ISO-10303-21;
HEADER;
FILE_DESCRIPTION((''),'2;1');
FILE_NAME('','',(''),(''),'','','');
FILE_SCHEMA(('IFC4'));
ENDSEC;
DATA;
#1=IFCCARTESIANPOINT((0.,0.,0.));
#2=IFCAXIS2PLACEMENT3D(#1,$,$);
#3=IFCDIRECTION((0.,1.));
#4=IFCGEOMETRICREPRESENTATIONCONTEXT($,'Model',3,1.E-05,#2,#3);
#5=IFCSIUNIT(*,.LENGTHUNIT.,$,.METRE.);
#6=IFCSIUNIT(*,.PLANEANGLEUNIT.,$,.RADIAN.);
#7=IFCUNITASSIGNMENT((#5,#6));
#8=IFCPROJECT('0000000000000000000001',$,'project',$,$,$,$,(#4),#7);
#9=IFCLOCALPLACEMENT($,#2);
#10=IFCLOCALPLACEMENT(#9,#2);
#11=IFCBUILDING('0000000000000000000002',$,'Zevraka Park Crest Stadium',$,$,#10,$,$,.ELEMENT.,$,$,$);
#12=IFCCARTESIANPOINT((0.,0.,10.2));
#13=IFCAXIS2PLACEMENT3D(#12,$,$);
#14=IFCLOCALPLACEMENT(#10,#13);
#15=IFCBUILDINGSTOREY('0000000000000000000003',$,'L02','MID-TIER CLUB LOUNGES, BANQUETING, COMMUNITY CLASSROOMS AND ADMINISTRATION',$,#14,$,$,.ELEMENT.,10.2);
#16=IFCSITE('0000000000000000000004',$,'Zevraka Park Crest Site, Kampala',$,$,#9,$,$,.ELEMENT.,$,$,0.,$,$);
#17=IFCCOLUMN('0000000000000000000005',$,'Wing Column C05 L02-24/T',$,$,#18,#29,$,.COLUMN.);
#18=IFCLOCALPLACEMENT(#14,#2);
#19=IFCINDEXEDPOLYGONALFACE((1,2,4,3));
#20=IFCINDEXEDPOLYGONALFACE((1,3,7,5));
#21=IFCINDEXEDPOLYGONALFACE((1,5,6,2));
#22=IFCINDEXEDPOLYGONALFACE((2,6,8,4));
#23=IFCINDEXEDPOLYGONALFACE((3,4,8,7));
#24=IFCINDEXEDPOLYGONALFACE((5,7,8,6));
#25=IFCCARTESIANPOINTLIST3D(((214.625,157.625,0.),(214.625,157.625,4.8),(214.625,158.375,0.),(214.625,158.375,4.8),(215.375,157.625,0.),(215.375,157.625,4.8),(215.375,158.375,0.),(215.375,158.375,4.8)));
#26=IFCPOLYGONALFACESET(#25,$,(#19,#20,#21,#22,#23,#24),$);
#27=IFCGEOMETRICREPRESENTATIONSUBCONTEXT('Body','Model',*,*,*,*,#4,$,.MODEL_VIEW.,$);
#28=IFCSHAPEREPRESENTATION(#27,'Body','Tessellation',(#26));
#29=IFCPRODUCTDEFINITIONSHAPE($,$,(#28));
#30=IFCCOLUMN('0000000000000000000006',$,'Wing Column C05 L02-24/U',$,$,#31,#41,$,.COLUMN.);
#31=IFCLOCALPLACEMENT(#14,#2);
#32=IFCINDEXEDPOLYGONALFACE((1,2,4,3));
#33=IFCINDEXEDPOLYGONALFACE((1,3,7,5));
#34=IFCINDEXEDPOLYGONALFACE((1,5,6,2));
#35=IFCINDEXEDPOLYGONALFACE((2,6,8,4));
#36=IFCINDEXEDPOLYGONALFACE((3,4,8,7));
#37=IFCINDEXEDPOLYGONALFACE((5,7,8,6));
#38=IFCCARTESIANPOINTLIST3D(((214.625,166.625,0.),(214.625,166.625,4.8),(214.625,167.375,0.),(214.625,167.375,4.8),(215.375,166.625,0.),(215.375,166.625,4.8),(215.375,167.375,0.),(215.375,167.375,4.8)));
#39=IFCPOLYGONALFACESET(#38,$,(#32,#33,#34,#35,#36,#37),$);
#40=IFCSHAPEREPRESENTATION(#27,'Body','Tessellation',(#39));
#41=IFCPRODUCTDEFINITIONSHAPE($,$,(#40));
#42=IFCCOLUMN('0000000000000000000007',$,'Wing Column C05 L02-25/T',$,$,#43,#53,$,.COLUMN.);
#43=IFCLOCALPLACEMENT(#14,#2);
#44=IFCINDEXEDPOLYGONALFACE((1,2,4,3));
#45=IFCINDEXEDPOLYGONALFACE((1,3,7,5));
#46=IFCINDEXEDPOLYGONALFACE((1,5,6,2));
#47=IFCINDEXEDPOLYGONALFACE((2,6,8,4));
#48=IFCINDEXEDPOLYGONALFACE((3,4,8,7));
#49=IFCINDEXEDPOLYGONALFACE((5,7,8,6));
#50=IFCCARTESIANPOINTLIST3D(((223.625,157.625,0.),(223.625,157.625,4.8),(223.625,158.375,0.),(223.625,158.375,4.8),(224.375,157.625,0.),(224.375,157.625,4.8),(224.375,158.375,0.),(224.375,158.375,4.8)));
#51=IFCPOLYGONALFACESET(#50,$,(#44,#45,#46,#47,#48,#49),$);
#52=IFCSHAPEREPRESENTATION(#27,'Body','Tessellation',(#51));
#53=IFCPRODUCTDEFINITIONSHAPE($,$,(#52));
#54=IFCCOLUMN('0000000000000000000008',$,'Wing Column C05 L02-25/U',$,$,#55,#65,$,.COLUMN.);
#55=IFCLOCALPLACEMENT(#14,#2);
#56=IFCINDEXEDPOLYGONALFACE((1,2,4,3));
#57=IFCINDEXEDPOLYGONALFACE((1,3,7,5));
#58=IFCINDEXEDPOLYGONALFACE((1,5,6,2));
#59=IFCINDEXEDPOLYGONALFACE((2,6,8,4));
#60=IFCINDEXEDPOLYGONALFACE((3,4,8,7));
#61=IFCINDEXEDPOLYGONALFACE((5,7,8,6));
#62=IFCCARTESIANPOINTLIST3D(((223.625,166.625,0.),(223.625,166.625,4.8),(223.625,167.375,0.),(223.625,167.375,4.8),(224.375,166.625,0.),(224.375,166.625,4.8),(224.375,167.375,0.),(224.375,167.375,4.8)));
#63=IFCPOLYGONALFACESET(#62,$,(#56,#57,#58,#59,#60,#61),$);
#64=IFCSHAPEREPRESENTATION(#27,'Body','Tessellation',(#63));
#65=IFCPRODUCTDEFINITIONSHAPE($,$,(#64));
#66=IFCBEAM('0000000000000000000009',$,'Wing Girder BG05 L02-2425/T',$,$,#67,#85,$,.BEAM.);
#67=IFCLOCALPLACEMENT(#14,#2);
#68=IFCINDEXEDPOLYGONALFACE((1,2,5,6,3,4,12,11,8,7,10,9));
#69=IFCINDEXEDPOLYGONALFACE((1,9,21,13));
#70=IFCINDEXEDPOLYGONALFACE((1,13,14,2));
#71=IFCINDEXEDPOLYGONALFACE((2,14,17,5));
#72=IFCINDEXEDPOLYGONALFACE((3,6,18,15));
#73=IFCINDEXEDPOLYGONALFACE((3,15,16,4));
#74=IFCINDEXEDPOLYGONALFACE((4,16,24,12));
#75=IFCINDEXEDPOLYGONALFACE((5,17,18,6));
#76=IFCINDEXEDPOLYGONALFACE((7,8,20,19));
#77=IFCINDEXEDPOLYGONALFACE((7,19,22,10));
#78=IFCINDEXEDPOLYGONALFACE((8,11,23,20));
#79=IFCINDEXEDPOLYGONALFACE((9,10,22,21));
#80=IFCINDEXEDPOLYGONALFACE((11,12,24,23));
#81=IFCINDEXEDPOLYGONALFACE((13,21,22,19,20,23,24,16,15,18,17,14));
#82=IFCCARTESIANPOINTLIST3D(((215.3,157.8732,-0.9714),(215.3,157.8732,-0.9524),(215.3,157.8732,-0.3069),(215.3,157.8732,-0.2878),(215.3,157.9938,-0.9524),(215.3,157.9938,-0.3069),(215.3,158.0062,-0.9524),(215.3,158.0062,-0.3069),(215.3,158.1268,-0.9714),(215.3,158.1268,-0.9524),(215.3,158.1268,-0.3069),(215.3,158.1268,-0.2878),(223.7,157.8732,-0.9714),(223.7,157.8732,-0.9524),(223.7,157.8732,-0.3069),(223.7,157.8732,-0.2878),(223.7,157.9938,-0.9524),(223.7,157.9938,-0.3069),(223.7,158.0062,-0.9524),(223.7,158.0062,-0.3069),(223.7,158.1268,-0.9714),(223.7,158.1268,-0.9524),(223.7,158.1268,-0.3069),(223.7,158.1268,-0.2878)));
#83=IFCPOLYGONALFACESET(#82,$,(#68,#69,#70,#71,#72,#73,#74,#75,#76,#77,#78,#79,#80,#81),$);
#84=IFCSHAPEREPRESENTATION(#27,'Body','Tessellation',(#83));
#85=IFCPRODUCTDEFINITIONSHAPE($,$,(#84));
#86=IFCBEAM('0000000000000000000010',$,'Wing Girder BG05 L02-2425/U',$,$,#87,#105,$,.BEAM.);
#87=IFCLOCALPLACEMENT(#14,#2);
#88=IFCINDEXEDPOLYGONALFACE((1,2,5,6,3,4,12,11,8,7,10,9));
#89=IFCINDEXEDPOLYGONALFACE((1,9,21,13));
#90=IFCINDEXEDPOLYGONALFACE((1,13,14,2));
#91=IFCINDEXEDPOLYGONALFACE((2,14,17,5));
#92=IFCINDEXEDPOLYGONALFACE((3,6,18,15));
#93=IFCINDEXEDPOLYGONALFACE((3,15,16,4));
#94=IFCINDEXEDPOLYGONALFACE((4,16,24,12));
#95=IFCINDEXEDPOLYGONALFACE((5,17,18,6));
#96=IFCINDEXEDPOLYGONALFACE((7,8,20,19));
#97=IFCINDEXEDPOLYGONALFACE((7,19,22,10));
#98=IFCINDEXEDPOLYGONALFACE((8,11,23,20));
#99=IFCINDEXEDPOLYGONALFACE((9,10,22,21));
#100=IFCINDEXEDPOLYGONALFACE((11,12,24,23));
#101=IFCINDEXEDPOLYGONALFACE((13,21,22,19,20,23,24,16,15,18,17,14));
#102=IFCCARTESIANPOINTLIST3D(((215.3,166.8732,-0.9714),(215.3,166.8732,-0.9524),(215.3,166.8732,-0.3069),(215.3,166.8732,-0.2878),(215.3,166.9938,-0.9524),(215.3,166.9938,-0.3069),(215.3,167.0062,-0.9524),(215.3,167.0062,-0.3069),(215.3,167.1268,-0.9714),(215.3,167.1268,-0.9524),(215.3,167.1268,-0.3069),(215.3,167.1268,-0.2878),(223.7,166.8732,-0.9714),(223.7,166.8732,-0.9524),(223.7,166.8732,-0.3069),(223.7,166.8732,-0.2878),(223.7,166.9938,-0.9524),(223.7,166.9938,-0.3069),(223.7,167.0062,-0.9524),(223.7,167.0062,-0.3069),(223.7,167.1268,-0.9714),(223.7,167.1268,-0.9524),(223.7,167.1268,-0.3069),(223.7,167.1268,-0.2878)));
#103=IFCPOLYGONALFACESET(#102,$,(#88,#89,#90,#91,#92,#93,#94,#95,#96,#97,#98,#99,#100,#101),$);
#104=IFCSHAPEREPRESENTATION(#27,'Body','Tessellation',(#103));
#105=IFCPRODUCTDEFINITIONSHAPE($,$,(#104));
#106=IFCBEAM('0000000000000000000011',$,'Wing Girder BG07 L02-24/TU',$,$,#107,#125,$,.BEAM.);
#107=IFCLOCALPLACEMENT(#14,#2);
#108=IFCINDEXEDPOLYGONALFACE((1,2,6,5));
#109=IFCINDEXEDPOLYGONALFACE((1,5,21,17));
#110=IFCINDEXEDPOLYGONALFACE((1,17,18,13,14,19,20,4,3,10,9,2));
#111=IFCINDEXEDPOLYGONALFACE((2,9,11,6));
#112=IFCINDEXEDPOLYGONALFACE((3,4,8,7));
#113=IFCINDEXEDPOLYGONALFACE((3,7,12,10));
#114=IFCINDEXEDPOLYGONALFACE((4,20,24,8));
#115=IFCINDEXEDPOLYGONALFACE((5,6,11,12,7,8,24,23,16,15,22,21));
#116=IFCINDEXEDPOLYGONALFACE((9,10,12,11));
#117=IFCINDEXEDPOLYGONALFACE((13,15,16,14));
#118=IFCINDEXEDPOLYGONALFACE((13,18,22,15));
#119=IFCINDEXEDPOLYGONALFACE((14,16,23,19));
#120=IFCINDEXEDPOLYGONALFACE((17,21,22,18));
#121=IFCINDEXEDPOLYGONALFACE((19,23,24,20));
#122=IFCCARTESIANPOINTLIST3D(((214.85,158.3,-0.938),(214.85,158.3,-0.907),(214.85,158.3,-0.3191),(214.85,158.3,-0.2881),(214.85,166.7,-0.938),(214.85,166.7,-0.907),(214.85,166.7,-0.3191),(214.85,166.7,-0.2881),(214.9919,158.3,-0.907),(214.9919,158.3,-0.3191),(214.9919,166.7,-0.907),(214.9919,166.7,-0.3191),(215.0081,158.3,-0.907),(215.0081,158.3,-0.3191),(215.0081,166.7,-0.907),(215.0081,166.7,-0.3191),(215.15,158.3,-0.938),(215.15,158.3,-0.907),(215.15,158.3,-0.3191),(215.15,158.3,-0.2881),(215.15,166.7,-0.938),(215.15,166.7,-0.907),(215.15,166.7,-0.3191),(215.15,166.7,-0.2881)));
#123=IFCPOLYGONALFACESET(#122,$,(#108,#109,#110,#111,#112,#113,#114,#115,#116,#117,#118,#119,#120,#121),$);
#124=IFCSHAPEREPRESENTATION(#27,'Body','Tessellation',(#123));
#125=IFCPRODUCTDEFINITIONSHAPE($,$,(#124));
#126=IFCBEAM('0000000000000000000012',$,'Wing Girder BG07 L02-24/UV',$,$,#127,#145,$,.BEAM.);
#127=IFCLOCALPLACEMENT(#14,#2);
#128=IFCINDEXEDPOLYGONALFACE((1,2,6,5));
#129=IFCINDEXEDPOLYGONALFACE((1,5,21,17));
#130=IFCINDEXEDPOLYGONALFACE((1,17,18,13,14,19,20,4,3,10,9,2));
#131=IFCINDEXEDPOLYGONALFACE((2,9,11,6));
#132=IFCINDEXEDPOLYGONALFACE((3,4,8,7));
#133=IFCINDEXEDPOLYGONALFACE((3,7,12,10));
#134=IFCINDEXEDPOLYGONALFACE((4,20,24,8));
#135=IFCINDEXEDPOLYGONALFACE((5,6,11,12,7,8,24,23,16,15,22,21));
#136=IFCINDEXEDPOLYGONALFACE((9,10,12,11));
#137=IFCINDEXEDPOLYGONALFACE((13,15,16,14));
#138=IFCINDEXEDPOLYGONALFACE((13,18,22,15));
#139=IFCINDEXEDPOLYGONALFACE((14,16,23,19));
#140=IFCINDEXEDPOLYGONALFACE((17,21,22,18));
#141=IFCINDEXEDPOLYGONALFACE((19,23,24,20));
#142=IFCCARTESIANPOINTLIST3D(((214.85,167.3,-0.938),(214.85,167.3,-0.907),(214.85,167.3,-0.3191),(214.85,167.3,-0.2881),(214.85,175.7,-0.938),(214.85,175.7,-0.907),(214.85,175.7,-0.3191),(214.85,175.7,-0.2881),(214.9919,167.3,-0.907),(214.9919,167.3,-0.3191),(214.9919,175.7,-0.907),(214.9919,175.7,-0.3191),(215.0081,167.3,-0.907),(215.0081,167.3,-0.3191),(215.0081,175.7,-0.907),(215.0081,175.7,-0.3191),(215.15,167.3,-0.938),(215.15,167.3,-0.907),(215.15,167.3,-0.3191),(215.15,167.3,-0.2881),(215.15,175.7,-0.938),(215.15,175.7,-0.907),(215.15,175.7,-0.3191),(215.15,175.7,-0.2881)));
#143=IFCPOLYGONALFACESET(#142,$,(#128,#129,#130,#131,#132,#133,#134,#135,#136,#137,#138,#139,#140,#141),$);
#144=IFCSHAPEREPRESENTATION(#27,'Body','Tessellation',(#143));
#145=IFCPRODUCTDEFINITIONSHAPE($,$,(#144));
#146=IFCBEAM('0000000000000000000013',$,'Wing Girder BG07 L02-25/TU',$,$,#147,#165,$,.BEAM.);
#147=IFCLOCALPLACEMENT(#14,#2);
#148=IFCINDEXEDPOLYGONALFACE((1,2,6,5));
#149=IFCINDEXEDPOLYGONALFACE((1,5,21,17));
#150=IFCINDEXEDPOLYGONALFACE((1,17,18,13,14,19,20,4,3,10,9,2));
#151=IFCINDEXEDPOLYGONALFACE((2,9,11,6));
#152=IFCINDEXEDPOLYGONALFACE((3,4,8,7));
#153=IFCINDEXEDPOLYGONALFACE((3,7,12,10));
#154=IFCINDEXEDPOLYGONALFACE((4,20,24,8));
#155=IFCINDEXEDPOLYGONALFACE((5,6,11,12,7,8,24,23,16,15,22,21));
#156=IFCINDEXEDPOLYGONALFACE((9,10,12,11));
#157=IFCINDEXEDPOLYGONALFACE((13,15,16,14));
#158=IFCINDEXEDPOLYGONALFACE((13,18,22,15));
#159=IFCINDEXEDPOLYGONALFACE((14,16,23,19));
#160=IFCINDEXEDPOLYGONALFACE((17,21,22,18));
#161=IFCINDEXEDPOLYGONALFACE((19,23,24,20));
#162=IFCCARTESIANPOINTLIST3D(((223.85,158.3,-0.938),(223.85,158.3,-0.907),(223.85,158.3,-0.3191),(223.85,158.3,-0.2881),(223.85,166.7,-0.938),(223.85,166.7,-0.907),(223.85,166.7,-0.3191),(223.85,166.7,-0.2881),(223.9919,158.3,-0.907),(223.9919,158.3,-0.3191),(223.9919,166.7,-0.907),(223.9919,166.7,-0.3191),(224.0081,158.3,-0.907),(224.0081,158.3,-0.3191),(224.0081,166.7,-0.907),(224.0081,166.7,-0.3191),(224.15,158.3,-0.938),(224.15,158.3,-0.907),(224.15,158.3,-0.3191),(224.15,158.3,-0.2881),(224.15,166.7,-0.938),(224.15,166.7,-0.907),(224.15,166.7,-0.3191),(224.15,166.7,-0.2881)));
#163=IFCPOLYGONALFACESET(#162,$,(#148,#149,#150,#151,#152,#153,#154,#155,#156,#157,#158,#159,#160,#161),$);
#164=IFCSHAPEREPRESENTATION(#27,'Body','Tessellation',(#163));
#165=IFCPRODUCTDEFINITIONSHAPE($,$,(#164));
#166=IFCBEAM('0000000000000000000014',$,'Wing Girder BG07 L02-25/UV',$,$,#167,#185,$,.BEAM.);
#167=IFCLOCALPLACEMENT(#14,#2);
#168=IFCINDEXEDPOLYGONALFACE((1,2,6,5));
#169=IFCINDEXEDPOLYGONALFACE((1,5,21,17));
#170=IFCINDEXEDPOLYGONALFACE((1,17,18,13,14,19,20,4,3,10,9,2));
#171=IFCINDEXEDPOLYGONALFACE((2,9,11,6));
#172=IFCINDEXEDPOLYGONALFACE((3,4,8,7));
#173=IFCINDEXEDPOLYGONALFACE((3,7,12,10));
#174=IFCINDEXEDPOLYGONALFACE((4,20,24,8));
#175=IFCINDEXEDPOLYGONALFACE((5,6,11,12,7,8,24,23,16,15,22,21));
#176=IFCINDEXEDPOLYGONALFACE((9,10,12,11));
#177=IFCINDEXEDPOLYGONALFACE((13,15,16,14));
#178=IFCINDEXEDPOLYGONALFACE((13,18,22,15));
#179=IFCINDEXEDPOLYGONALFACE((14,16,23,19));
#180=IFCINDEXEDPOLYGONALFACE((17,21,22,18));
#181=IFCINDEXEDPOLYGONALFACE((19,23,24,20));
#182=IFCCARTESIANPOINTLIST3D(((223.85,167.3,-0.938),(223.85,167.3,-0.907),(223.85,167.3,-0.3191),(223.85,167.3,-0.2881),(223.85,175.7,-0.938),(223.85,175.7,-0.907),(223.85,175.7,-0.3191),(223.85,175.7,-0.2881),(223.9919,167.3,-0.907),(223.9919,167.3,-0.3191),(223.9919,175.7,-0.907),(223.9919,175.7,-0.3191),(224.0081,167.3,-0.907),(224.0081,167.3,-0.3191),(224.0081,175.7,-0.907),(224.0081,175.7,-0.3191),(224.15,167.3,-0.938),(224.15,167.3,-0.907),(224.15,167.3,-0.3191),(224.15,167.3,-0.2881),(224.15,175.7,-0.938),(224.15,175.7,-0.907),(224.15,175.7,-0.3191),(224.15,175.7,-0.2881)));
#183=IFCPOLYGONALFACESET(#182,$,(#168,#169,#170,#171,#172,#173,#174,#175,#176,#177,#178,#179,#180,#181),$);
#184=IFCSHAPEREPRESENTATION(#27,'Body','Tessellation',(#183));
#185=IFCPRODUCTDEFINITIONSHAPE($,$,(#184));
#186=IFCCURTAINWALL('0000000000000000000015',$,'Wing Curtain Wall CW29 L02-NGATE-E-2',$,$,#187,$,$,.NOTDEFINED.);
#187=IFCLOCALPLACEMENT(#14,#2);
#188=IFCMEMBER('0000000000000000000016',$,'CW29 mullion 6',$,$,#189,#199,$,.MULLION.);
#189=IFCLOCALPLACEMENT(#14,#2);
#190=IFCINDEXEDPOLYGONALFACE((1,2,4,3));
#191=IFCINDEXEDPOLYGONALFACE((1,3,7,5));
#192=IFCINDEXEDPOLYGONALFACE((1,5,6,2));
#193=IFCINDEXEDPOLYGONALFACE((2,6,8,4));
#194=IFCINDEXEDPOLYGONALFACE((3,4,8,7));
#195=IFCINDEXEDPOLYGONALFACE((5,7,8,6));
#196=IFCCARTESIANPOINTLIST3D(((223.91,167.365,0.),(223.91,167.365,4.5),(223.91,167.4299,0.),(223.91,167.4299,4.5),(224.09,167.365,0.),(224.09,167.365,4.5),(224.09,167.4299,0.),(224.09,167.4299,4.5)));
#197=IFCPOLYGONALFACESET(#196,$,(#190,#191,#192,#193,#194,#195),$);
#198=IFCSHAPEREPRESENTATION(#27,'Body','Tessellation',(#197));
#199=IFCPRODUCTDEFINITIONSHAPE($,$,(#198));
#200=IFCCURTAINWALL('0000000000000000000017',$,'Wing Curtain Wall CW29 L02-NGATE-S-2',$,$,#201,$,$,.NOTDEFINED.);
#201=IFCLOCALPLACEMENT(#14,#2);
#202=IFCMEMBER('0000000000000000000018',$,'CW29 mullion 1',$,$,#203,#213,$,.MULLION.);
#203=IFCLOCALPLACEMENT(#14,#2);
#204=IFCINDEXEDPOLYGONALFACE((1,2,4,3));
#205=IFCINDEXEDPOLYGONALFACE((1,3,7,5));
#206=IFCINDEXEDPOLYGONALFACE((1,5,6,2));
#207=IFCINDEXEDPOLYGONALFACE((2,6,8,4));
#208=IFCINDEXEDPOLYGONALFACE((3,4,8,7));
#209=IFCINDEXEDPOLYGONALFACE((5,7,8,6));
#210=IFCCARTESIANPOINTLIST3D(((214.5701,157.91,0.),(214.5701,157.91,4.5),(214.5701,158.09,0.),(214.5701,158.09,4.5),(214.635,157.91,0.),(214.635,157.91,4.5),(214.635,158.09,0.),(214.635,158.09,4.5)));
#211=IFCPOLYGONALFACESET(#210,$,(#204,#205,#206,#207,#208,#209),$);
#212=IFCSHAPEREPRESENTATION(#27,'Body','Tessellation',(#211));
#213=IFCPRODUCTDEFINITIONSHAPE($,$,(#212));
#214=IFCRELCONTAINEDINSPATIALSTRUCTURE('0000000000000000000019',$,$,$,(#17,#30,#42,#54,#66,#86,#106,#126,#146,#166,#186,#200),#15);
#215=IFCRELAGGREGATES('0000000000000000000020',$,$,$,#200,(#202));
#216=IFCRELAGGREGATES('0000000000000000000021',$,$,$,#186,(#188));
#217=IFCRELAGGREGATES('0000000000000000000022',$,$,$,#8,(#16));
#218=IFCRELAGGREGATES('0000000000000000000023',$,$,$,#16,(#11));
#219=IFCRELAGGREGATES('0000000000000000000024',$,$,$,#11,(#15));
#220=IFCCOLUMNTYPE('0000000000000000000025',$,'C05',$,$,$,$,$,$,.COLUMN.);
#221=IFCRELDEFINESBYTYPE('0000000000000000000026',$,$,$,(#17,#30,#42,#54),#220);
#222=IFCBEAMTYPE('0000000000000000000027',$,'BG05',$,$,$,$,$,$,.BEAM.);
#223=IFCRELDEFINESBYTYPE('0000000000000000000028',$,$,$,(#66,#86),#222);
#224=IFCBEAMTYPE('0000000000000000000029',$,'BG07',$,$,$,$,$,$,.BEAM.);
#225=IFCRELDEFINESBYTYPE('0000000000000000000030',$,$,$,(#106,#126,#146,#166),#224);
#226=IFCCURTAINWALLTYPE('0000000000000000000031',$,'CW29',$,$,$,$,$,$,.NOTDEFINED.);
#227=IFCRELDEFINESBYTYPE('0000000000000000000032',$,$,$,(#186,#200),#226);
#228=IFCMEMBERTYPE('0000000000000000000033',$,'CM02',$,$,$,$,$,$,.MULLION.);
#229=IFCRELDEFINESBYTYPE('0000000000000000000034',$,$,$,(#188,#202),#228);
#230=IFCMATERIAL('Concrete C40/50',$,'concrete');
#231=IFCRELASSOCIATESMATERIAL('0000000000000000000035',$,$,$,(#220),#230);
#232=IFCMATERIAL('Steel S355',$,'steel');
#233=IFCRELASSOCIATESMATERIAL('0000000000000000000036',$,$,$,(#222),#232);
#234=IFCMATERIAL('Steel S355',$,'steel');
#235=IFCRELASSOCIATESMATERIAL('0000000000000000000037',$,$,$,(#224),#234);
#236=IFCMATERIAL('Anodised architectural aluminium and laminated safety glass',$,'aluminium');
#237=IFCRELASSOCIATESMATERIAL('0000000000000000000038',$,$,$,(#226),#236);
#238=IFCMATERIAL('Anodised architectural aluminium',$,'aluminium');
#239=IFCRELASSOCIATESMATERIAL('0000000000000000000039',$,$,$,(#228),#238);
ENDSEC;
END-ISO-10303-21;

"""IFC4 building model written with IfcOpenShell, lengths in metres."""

from ifc_helpers import new_model, si_unit, direction, frame, origin, origin_2d, place, context, subcontext, project, spatial, rectangle, i_section, extrude, material, material_profile, profile_set, type_object, element, aggregate, save


model = new_model("IFC4")

# Units and contexts
model_context = context("Model", 3, precision=1e-05, world=origin(), true_north=direction((0.0, 1.0)))
body_context = subcontext(model_context, "Body", "Model", "MODEL_VIEW")
ifc_project = project(units=[si_unit("LENGTHUNIT", "METRE"), si_unit("PLANEANGLEUNIT", "RADIAN")], contexts=[model_context])

# Site, building, storey
site_placement = place(None, origin())
site = spatial("IfcSite", under=ifc_project, at=site_placement, Name="Zevraka Park Crest Site, Kampala", CompositionType="ELEMENT", RefElevation=0.0)
building_placement = place(site_placement, origin())
building = spatial("IfcBuilding", under=site, at=building_placement, Name="Zevraka Park Crest Stadium", CompositionType="ELEMENT")
storey_placement = place(building_placement, frame((0.0, 0.0, 10.2)))
storey = spatial("IfcBuildingStorey", under=building, at=storey_placement, Name="L02", Description="MID-TIER CLUB LOUNGES, BANQUETING, COMMUNITY CLASSROOMS AND ADMINISTRATION", CompositionType="ELEMENT", Elevation=10.2)

# Columns
ifc_material_1 = material(Name="Concrete C40/50", Category="concrete")
ifc_material_profile_1 = material_profile(ifc_material_1, rectangle(XDim=0.75, YDim=0.75, at=origin_2d()), Name="RC 750x750")
ifc_profile_set_1 = profile_set([ifc_material_profile_1], Name="Concrete C40/50")
column_type = type_object("IfcColumnType", Name="C05", PredefinedType="COLUMN", material=ifc_profile_set_1)
for number, where, z_axis, x_axis, name in (
    (1, (215.0, 158.0, 0.0), (0.0, 0.0, 1.0), (1.0, 0.0, 0.0), "Wing Column C05 L02-24/T"),
    (2, (215.0, 167.0, 0.0), (0.0, 0.0, 1.0), (1.0, 0.0, 0.0), "Wing Column C05 L02-24/U"),
    (3, (224.0, 158.0, 0.0), (0.0, 0.0, 1.0), (1.0, 0.0, 0.0), "Wing Column C05 L02-25/T"),
    (4, (224.0, 167.0, 0.0), (0.0, 0.0, 1.0), (1.0, 0.0, 0.0), "Wing Column C05 L02-25/U"),
):
    element("IfcColumn", number, at=place(storey_placement, frame(where, z_axis=z_axis, x_axis=x_axis)), inside=storey, type_object=column_type, Name=name, PredefinedType="COLUMN", context=body_context, shape_type="SweptSolid", body=[
        extrude(rectangle(XDim=0.75, YDim=0.75, at=origin_2d()), origin(), (0.0, 0.0, 1.0), 4.8),
    ])

# Beams
ifc_material_2 = material(Name="Steel S355", Category="steel")
ifc_material_profile_2 = material_profile(ifc_material_2, i_section(OverallWidth=0.2537, OverallDepth=0.6836, WebThickness=0.0125, FlangeThickness=0.019, at=origin_2d()), Name="UKB 686x254x140")
ifc_profile_set_2 = profile_set([ifc_material_profile_2], Name="Steel S355")
beam_type_1 = type_object("IfcBeamType", Name="BG05", PredefinedType="BEAM", material=ifc_profile_set_2)
for number, where, z_axis, x_axis, name in (
    (5, (215.3, 158.0, -0.6296), (1.0, 0.0, 0.0), (0.0, 1.0, 0.0), "Wing Girder BG05 L02-2425/T"),
    (6, (215.3, 167.0, -0.6296), (1.0, 0.0, 0.0), (0.0, 1.0, 0.0), "Wing Girder BG05 L02-2425/U"),
):
    element("IfcBeam", number, at=place(storey_placement, frame(where, z_axis=z_axis, x_axis=x_axis)), inside=storey, type_object=beam_type_1, Name=name, PredefinedType="BEAM", context=body_context, shape_type="SweptSolid", body=[
        extrude(i_section(OverallWidth=0.2537, OverallDepth=0.6836, WebThickness=0.0125, FlangeThickness=0.019, at=origin_2d()), origin(), (0.0, 0.0, 1.0), 8.3999),
    ])
ifc_material_3 = material(Name="Steel S355", Category="steel")
ifc_material_profile_3 = material_profile(ifc_material_3, i_section(OverallWidth=0.3, OverallDepth=0.6499, WebThickness=0.0161, FlangeThickness=0.031, at=origin_2d()), Name="HEB 650")
ifc_profile_set_3 = profile_set([ifc_material_profile_3], Name="Steel S355")
beam_type_2 = type_object("IfcBeamType", Name="BG07", PredefinedType="BEAM", material=ifc_profile_set_3)
for number, where, z_axis, x_axis, name in (
    (7, (215.0, 158.3, -0.613), (0.0, 1.0, 0.0), (-1.0, 0.0, 0.0), "Wing Girder BG07 L02-24/TU"),
    (8, (215.0, 167.3, -0.613), (0.0, 1.0, 0.0), (-1.0, 0.0, 0.0), "Wing Girder BG07 L02-24/UV"),
    (9, (224.0, 158.3, -0.613), (0.0, 1.0, 0.0), (-1.0, 0.0, 0.0), "Wing Girder BG07 L02-25/TU"),
    (10, (224.0, 167.3, -0.613), (0.0, 1.0, 0.0), (-1.0, 0.0, 0.0), "Wing Girder BG07 L02-25/UV"),
):
    element("IfcBeam", number, at=place(storey_placement, frame(where, z_axis=z_axis, x_axis=x_axis)), inside=storey, type_object=beam_type_2, Name=name, PredefinedType="BEAM", context=body_context, shape_type="SweptSolid", body=[
        extrude(i_section(OverallWidth=0.3, OverallDepth=0.6499, WebThickness=0.0161, FlangeThickness=0.031, at=origin_2d()), origin(), (0.0, 0.0, 1.0), 8.3999),
    ])

# Curtain walls, members
ifc_material_4 = material(Name="Anodised architectural aluminium and laminated safety glass", Category="aluminium")
curtain_wall_type = type_object("IfcCurtainWallType", Name="CW29", PredefinedType="NOTDEFINED", material=ifc_material_4)
curtain_wall_1_placement = place(storey_placement, origin())
curtain_wall_1 = element("IfcCurtainWall", 11, at=curtain_wall_1_placement, inside=storey, type_object=curtain_wall_type, Name="Wing Curtain Wall CW29 L02-NGATE-E-2", PredefinedType="NOTDEFINED")
ifc_material_5 = material(Name="Anodised architectural aluminium", Category="aluminium")
ifc_material_profile_4 = material_profile(ifc_material_5, rectangle(XDim=0.1799, YDim=0.0649, at=origin_2d()), Name="ALU MULLION 180x65")
ifc_profile_set_4 = profile_set([ifc_material_profile_4], Name="Anodised architectural aluminium")
member_type_1 = type_object("IfcMemberType", Name="CM02", PredefinedType="MULLION", material=ifc_profile_set_4)
member_1_placement = place(storey_placement, frame((224.0, 167.3975, 0.0), z_axis=(0.0, 0.0, 1.0), x_axis=(1.0, 0.0, 0.0)))
member_1 = element("IfcMember", 12, at=member_1_placement, type_object=member_type_1, Name="CW29 mullion 6", PredefinedType="MULLION", context=body_context, shape_type="SweptSolid", body=[
    extrude(rectangle(XDim=0.1799, YDim=0.0649, at=origin_2d()), origin(), (0.0, 0.0, 1.0), 4.5),
])
curtain_wall_2_placement = place(storey_placement, origin())
curtain_wall_2 = element("IfcCurtainWall", 13, at=curtain_wall_2_placement, inside=storey, type_object=curtain_wall_type, Name="Wing Curtain Wall CW29 L02-NGATE-S-2", PredefinedType="NOTDEFINED")
member_2_placement = place(storey_placement, frame((214.6025, 158.0, 0.0), z_axis=(0.0, 0.0, 1.0), x_axis=(0.0, -1.0, 0.0)))
member_2 = element("IfcMember", 14, at=member_2_placement, type_object=member_type_1, Name="CW29 mullion 1", PredefinedType="MULLION", context=body_context, shape_type="SweptSolid", body=[
    extrude(rectangle(XDim=0.1799, YDim=0.0649, at=origin_2d()), origin(), (0.0, 0.0, 1.0), 4.5),
])
aggregate(curtain_wall_2, [member_2])

aggregate(curtain_wall_1, [member_1])

save(model, "model.ifc")
